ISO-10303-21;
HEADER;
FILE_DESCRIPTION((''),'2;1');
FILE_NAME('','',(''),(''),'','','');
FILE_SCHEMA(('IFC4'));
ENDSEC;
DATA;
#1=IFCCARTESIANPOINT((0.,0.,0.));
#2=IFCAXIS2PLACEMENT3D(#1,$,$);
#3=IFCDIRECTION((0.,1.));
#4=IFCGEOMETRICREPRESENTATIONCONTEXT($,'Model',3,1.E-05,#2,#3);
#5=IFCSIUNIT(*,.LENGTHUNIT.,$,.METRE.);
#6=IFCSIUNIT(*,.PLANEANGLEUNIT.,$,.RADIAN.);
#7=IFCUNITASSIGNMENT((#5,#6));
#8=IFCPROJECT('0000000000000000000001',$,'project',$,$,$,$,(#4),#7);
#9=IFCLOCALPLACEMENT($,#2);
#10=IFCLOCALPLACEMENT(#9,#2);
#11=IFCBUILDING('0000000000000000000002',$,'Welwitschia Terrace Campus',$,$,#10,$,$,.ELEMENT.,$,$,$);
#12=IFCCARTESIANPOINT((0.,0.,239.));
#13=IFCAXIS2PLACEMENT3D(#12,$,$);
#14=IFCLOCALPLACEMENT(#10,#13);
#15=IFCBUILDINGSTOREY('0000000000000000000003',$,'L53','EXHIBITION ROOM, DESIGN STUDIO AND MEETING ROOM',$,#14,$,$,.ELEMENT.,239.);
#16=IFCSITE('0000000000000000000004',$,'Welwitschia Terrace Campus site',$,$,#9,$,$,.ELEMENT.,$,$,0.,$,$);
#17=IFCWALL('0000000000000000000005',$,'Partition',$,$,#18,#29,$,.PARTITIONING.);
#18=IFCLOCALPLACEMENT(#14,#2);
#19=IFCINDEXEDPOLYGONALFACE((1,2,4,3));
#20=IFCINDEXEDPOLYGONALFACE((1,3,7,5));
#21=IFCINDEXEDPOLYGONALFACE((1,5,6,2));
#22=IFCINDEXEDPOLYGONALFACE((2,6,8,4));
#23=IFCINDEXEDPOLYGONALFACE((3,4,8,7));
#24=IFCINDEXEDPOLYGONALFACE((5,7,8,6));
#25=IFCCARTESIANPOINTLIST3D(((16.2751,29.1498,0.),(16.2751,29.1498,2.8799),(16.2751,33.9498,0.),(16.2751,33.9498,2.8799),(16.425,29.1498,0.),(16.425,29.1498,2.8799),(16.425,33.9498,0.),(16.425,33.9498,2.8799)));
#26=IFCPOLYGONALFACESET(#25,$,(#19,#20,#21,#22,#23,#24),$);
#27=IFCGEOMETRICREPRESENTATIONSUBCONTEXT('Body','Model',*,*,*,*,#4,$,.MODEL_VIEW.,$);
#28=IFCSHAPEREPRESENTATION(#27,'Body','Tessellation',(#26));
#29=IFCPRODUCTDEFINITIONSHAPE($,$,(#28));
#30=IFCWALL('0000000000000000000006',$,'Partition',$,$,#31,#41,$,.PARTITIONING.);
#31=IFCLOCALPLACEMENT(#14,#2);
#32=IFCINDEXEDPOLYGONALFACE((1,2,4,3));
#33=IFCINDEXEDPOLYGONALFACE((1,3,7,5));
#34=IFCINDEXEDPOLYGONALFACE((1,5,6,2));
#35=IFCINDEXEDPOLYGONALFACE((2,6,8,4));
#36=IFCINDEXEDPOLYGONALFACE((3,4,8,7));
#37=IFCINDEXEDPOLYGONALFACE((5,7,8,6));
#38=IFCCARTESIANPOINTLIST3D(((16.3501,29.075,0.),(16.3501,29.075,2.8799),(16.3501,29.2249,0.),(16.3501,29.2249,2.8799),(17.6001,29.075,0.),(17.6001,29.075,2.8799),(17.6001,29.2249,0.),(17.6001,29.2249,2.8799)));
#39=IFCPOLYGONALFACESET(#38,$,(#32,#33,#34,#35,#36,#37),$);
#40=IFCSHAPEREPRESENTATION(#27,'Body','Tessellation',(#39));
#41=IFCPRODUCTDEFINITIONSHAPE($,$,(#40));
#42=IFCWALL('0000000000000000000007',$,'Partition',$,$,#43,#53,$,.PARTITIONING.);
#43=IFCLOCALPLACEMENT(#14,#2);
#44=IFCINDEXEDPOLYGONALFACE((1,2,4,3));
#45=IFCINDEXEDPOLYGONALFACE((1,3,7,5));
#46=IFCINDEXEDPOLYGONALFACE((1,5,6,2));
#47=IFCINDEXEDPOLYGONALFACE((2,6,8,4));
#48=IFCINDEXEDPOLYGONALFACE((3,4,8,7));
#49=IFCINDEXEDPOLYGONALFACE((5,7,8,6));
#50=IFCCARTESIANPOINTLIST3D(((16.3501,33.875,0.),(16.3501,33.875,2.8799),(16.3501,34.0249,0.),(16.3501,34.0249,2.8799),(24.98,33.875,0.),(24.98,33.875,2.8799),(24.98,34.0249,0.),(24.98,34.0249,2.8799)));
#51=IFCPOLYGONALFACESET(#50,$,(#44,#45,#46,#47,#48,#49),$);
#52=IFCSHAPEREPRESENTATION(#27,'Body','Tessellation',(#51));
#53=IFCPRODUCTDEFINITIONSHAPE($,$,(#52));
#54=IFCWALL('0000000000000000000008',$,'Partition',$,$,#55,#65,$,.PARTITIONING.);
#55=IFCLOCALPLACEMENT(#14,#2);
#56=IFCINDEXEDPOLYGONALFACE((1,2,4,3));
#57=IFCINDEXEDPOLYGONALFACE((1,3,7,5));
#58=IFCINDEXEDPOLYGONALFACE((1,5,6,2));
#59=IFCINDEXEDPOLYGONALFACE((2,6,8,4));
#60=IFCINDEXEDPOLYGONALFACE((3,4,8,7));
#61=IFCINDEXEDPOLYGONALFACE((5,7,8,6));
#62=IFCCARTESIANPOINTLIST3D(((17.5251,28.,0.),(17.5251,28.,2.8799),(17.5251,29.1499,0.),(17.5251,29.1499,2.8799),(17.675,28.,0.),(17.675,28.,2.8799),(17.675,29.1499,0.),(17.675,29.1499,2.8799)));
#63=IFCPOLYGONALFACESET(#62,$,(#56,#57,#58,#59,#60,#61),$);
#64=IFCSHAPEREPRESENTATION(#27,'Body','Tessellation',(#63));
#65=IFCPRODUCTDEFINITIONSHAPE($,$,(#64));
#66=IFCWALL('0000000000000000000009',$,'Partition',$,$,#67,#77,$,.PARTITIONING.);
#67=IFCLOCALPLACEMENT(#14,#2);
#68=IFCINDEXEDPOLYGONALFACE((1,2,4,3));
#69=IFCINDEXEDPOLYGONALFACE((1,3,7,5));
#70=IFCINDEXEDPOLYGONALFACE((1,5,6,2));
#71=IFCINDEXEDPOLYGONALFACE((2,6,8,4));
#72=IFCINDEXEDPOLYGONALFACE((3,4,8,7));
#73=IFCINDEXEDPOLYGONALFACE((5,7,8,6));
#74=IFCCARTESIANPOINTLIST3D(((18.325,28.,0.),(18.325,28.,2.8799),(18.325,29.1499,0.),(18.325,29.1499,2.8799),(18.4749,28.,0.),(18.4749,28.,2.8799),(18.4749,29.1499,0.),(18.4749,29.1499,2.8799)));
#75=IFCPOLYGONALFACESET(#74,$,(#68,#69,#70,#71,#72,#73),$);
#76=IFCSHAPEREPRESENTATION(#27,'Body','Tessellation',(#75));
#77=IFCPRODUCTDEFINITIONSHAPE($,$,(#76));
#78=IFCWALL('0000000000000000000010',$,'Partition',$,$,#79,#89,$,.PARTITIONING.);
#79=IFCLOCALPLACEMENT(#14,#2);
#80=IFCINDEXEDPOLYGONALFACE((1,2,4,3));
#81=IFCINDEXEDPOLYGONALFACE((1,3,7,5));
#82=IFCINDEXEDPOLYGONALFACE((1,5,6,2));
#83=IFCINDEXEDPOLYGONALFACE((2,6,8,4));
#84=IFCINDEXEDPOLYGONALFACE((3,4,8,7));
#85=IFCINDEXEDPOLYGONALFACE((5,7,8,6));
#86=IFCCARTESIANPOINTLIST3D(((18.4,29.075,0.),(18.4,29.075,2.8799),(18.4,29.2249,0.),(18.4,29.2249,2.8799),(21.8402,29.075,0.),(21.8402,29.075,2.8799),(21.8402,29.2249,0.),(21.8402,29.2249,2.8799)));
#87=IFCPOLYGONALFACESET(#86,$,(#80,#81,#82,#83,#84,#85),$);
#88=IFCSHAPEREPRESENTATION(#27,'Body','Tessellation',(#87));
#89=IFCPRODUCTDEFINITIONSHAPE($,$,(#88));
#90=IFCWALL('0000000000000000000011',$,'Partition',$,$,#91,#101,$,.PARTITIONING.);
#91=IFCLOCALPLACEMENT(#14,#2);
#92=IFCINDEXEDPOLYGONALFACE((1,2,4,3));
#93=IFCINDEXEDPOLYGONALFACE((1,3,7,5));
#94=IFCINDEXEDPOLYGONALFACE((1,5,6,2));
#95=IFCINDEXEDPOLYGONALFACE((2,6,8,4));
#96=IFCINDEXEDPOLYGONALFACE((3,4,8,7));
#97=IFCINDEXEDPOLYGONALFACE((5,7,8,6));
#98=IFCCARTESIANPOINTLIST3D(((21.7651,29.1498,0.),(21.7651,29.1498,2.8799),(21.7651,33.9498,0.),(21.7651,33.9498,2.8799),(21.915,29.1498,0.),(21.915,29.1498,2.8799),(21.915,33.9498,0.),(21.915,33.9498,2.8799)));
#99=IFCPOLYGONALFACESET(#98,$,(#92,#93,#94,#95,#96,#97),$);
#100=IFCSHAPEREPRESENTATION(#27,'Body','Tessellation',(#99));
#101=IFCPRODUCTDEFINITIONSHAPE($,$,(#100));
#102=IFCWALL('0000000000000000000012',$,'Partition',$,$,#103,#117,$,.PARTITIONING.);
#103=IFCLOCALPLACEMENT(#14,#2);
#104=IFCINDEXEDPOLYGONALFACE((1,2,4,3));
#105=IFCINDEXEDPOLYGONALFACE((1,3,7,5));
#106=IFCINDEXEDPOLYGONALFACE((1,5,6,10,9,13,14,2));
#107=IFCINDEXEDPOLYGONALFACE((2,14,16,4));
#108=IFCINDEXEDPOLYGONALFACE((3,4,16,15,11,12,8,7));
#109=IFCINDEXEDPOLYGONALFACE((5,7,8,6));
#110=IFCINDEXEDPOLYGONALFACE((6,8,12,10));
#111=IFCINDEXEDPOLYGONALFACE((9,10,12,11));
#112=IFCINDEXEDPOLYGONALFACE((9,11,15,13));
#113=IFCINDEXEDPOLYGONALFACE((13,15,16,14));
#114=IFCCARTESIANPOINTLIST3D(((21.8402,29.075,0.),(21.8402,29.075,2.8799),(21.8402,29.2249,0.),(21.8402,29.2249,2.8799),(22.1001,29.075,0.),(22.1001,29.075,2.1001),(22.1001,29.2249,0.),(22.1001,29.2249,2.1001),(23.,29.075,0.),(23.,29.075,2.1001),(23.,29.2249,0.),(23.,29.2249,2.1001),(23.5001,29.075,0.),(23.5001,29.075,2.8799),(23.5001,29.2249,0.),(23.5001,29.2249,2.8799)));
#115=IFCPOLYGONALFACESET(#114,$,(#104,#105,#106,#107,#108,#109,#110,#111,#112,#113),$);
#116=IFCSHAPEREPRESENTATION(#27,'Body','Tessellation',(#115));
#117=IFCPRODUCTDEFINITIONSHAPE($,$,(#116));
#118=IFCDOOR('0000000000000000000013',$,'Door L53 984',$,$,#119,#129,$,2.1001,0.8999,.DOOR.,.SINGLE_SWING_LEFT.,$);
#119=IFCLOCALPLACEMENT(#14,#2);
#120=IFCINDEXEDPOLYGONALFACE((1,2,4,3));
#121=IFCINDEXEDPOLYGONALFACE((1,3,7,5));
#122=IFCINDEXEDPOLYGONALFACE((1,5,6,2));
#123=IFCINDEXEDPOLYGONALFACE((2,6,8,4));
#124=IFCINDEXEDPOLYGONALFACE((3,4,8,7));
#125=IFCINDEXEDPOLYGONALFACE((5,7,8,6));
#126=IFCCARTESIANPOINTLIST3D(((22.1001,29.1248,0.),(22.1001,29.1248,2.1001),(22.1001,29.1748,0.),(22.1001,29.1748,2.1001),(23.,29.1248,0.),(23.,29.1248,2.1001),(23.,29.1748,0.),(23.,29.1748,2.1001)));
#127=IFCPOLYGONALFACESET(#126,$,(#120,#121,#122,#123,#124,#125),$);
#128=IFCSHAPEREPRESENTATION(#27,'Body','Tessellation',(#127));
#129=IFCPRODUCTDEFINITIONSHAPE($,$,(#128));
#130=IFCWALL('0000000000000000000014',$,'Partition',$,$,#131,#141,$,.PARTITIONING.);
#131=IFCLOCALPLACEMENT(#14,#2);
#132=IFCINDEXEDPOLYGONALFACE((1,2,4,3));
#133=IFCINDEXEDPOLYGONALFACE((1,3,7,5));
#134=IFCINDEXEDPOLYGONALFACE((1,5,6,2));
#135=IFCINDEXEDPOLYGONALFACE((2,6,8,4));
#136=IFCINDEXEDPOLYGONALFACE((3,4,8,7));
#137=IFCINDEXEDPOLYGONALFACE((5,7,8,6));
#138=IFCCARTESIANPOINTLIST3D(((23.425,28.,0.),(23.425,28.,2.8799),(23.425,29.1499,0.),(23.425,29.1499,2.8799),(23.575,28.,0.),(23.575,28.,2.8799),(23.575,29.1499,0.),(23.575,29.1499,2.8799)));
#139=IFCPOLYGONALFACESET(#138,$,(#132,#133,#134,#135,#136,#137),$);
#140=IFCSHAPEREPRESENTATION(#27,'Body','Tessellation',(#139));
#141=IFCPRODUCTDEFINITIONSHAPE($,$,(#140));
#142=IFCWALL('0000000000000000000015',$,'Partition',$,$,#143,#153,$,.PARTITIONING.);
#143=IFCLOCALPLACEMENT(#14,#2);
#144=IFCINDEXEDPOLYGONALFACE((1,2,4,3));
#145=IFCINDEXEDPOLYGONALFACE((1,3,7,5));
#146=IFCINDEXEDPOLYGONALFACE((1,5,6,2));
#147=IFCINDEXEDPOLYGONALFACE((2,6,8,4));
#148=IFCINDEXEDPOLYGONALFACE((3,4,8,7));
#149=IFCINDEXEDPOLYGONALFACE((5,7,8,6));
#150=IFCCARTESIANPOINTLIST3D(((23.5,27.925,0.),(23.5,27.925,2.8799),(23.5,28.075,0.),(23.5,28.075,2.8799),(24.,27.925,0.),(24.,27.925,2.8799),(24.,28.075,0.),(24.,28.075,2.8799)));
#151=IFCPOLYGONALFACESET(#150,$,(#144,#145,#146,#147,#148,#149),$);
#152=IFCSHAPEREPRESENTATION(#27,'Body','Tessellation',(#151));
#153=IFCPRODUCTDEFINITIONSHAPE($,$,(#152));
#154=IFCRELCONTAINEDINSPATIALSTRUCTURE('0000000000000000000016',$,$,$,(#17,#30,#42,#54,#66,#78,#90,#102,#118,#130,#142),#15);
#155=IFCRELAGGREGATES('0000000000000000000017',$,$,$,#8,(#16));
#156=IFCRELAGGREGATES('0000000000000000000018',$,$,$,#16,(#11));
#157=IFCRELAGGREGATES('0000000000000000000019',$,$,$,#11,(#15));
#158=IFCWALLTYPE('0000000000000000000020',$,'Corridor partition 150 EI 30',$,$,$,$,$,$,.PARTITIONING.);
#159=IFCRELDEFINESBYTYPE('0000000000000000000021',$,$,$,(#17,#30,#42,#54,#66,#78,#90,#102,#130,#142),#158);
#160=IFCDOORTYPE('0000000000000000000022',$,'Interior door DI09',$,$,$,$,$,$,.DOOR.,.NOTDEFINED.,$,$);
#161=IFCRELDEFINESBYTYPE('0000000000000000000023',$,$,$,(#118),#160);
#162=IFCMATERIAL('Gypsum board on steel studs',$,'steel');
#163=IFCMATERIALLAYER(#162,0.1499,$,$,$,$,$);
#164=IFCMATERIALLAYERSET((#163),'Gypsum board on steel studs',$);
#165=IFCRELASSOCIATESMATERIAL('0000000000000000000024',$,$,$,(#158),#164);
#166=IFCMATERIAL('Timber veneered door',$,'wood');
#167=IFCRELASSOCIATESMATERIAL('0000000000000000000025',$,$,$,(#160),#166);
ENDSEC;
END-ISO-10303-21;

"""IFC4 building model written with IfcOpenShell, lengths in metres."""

from ifc_helpers import new_model, si_unit, direction, frame, frame_2d, origin, place, context, subcontext, project, spatial, rectangle, extrude, material, layer, layer_set, type_object, element, fill, save


model = new_model("IFC4")

# Units and contexts
model_context = context("Model", 3, precision=1e-05, world=origin(), true_north=direction((0.0, 1.0)))
body_context = subcontext(model_context, "Body", "Model", "MODEL_VIEW")
ifc_project = project(units=[si_unit("LENGTHUNIT", "METRE"), si_unit("PLANEANGLEUNIT", "RADIAN")], contexts=[model_context])

# Site, building, storey
site_placement = place(None, origin())
site = spatial("IfcSite", under=ifc_project, at=site_placement, Name="Welwitschia Terrace Campus site", CompositionType="ELEMENT", RefElevation=0.0)
building_placement = place(site_placement, origin())
building = spatial("IfcBuilding", under=site, at=building_placement, Name="Welwitschia Terrace Campus", CompositionType="ELEMENT")
storey_placement = place(building_placement, frame((0.0, 0.0, 239.0)))
storey = spatial("IfcBuildingStorey", under=building, at=storey_placement, Name="L53", Description="EXHIBITION ROOM, DESIGN STUDIO AND MEETING ROOM", CompositionType="ELEMENT", Elevation=239.0)

# Walls
ifc_material_1 = material(Name="Gypsum board on steel studs", Category="steel")
ifc_layer_1 = layer(ifc_material_1, 0.1499)
ifc_layer_set_1 = layer_set([ifc_layer_1], Name="Gypsum board on steel studs")
wall_type = type_object("IfcWallType", Name="Corridor partition 150 EI 30", PredefinedType="PARTITIONING", material=ifc_layer_set_1)
wall_1_placement = place(storey_placement, frame((16.3501, 29.1499, 0.0), z_axis=(0.0, 0.0, 1.0), x_axis=(0.0, 1.0, 0.0)))
element("IfcWall", 1, at=wall_1_placement, inside=storey, type_object=wall_type, Name="Partition", PredefinedType="PARTITIONING", context=body_context, shape_type="SweptSolid", body=[
    extrude(rectangle(XDim=4.8, YDim=0.1499, at=frame_2d((2.3999, 0.0))), origin(), (0.0, 0.0, 1.0), 2.8799),
])
wall_2_placement = place(storey_placement, frame((16.3501, 29.1499, 0.0), z_axis=(0.0, 0.0, 1.0), x_axis=(1.0, 0.0, 0.0)))
element("IfcWall", 2, at=wall_2_placement, inside=storey, type_object=wall_type, Name="Partition", PredefinedType="PARTITIONING", context=body_context, shape_type="SweptSolid", body=[
    extrude(rectangle(XDim=1.25, YDim=0.1499, at=frame_2d((0.625, 0.0))), origin(), (0.0, 0.0, 1.0), 2.8799),
])
wall_3_placement = place(storey_placement, frame((16.3501, 33.95, 0.0), z_axis=(0.0, 0.0, 1.0), x_axis=(1.0, 0.0, 0.0)))
element("IfcWall", 3, at=wall_3_placement, inside=storey, type_object=wall_type, Name="Partition", PredefinedType="PARTITIONING", context=body_context, shape_type="SweptSolid", body=[
    extrude(rectangle(XDim=8.6299, YDim=0.1499, at=frame_2d((4.3149, 0.0))), origin(), (0.0, 0.0, 1.0), 2.8799),
])
for number, where, z_axis, x_axis, name in (
    (4, (17.6001, 28.0, 0.0), (0.0, 0.0, 1.0), (0.0, 1.0, 0.0), "Partition"),
    (5, (18.3999, 28.0, 0.0), (0.0, 0.0, 1.0), (0.0, 1.0, 0.0), "Partition"),
):
    element("IfcWall", number, at=place(storey_placement, frame(where, z_axis=z_axis, x_axis=x_axis)), inside=storey, type_object=wall_type, Name=name, PredefinedType="PARTITIONING", context=body_context, shape_type="SweptSolid", body=[
        extrude(rectangle(XDim=1.1499, YDim=0.1499, at=frame_2d((0.575, 0.0))), origin(), (0.0, 0.0, 1.0), 2.8799),
    ])
wall_4_placement = place(storey_placement, frame((18.3999, 29.1499, 0.0), z_axis=(0.0, 0.0, 1.0), x_axis=(1.0, 0.0, 0.0)))
element("IfcWall", 6, at=wall_4_placement, inside=storey, type_object=wall_type, Name="Partition", PredefinedType="PARTITIONING", context=body_context, shape_type="SweptSolid", body=[
    extrude(rectangle(XDim=3.4402, YDim=0.1499, at=frame_2d((1.7202, 0.0))), origin(), (0.0, 0.0, 1.0), 2.8799),
])
wall_5_placement = place(storey_placement, frame((21.8401, 29.1499, 0.0), z_axis=(0.0, 0.0, 1.0), x_axis=(0.0, 1.0, 0.0)))
element("IfcWall", 7, at=wall_5_placement, inside=storey, type_object=wall_type, Name="Partition", PredefinedType="PARTITIONING", context=body_context, shape_type="SweptSolid", body=[
    extrude(rectangle(XDim=4.8, YDim=0.1499, at=frame_2d((2.3999, 0.0))), origin(), (0.0, 0.0, 1.0), 2.8799),
])

# Wall, opening, door
wall_6_placement = place(storey_placement, frame((21.8401, 29.1499, 0.0), z_axis=(0.0, 0.0, 1.0), x_axis=(1.0, 0.0, 0.0)))
wall_6 = element("IfcWall", 8, at=wall_6_placement, inside=storey, type_object=wall_type, Name="Partition", PredefinedType="PARTITIONING", context=body_context, shape_type="SweptSolid", body=[
    extrude(rectangle(XDim=1.6599, YDim=0.1499, at=frame_2d((0.8301, 0.0))), origin(), (0.0, 0.0, 1.0), 2.8799),
])
opening_placement = place(wall_6_placement, frame((0.26, 0.0, 0.0)))
opening = element("IfcOpeningElement", 9, at=opening_placement, cuts=wall_6, PredefinedType="OPENING", context=body_context, shape_type="SweptSolid", body=[
    extrude(rectangle(XDim=0.8999, YDim=2.1001, at=frame_2d((0.45, 1.05))), frame((0.0, 0.085, 0.0), z_axis=(0.0, -1.0, 0.0), x_axis=(1.0, 0.0, 0.0)), (0.0, 0.0, 1.0), 0.1699),
])
ifc_material_2 = material(Name="Timber veneered door", Category="wood")
door_type = type_object("IfcDoorType", Name="Interior door DI09", OperationType="NOTDEFINED", PredefinedType="DOOR", material=ifc_material_2)
door_placement = place(opening_placement, origin())
door = element("IfcDoor", 10, at=door_placement, inside=storey, type_object=door_type, Name="Door L53 984", OperationType="SINGLE_SWING_LEFT", OverallHeight=2.1001, OverallWidth=0.8999, PredefinedType="DOOR", context=body_context, shape_type="SweptSolid", body=[
    extrude(rectangle(XDim=0.8999, YDim=2.1001, at=frame_2d((0.45, 1.05))), frame((0.0, 0.0249, 0.0), z_axis=(0.0, -1.0, 0.0), x_axis=(1.0, 0.0, 0.0)), (0.0, 0.0, 1.0), 0.05),
])
fill(opening, door)

# Walls
wall_7_placement = place(storey_placement, frame((23.5, 28.0, 0.0), z_axis=(0.0, 0.0, 1.0), x_axis=(0.0, 1.0, 0.0)))
element("IfcWall", 11, at=wall_7_placement, inside=storey, type_object=wall_type, Name="Partition", PredefinedType="PARTITIONING", context=body_context, shape_type="SweptSolid", body=[
    extrude(rectangle(XDim=1.1499, YDim=0.1499, at=frame_2d((0.575, 0.0))), origin(), (0.0, 0.0, 1.0), 2.8799),
])
wall_8_placement = place(storey_placement, frame((23.5, 28.0, 0.0), z_axis=(0.0, 0.0, 1.0), x_axis=(1.0, 0.0, 0.0)))
element("IfcWall", 12, at=wall_8_placement, inside=storey, type_object=wall_type, Name="Partition", PredefinedType="PARTITIONING", context=body_context, shape_type="SweptSolid", body=[
    extrude(rectangle(XDim=0.5, YDim=0.1499, at=frame_2d((0.25, 0.0))), origin(), (0.0, 0.0, 1.0), 2.8799),
])

save(model, "model.ifc")
